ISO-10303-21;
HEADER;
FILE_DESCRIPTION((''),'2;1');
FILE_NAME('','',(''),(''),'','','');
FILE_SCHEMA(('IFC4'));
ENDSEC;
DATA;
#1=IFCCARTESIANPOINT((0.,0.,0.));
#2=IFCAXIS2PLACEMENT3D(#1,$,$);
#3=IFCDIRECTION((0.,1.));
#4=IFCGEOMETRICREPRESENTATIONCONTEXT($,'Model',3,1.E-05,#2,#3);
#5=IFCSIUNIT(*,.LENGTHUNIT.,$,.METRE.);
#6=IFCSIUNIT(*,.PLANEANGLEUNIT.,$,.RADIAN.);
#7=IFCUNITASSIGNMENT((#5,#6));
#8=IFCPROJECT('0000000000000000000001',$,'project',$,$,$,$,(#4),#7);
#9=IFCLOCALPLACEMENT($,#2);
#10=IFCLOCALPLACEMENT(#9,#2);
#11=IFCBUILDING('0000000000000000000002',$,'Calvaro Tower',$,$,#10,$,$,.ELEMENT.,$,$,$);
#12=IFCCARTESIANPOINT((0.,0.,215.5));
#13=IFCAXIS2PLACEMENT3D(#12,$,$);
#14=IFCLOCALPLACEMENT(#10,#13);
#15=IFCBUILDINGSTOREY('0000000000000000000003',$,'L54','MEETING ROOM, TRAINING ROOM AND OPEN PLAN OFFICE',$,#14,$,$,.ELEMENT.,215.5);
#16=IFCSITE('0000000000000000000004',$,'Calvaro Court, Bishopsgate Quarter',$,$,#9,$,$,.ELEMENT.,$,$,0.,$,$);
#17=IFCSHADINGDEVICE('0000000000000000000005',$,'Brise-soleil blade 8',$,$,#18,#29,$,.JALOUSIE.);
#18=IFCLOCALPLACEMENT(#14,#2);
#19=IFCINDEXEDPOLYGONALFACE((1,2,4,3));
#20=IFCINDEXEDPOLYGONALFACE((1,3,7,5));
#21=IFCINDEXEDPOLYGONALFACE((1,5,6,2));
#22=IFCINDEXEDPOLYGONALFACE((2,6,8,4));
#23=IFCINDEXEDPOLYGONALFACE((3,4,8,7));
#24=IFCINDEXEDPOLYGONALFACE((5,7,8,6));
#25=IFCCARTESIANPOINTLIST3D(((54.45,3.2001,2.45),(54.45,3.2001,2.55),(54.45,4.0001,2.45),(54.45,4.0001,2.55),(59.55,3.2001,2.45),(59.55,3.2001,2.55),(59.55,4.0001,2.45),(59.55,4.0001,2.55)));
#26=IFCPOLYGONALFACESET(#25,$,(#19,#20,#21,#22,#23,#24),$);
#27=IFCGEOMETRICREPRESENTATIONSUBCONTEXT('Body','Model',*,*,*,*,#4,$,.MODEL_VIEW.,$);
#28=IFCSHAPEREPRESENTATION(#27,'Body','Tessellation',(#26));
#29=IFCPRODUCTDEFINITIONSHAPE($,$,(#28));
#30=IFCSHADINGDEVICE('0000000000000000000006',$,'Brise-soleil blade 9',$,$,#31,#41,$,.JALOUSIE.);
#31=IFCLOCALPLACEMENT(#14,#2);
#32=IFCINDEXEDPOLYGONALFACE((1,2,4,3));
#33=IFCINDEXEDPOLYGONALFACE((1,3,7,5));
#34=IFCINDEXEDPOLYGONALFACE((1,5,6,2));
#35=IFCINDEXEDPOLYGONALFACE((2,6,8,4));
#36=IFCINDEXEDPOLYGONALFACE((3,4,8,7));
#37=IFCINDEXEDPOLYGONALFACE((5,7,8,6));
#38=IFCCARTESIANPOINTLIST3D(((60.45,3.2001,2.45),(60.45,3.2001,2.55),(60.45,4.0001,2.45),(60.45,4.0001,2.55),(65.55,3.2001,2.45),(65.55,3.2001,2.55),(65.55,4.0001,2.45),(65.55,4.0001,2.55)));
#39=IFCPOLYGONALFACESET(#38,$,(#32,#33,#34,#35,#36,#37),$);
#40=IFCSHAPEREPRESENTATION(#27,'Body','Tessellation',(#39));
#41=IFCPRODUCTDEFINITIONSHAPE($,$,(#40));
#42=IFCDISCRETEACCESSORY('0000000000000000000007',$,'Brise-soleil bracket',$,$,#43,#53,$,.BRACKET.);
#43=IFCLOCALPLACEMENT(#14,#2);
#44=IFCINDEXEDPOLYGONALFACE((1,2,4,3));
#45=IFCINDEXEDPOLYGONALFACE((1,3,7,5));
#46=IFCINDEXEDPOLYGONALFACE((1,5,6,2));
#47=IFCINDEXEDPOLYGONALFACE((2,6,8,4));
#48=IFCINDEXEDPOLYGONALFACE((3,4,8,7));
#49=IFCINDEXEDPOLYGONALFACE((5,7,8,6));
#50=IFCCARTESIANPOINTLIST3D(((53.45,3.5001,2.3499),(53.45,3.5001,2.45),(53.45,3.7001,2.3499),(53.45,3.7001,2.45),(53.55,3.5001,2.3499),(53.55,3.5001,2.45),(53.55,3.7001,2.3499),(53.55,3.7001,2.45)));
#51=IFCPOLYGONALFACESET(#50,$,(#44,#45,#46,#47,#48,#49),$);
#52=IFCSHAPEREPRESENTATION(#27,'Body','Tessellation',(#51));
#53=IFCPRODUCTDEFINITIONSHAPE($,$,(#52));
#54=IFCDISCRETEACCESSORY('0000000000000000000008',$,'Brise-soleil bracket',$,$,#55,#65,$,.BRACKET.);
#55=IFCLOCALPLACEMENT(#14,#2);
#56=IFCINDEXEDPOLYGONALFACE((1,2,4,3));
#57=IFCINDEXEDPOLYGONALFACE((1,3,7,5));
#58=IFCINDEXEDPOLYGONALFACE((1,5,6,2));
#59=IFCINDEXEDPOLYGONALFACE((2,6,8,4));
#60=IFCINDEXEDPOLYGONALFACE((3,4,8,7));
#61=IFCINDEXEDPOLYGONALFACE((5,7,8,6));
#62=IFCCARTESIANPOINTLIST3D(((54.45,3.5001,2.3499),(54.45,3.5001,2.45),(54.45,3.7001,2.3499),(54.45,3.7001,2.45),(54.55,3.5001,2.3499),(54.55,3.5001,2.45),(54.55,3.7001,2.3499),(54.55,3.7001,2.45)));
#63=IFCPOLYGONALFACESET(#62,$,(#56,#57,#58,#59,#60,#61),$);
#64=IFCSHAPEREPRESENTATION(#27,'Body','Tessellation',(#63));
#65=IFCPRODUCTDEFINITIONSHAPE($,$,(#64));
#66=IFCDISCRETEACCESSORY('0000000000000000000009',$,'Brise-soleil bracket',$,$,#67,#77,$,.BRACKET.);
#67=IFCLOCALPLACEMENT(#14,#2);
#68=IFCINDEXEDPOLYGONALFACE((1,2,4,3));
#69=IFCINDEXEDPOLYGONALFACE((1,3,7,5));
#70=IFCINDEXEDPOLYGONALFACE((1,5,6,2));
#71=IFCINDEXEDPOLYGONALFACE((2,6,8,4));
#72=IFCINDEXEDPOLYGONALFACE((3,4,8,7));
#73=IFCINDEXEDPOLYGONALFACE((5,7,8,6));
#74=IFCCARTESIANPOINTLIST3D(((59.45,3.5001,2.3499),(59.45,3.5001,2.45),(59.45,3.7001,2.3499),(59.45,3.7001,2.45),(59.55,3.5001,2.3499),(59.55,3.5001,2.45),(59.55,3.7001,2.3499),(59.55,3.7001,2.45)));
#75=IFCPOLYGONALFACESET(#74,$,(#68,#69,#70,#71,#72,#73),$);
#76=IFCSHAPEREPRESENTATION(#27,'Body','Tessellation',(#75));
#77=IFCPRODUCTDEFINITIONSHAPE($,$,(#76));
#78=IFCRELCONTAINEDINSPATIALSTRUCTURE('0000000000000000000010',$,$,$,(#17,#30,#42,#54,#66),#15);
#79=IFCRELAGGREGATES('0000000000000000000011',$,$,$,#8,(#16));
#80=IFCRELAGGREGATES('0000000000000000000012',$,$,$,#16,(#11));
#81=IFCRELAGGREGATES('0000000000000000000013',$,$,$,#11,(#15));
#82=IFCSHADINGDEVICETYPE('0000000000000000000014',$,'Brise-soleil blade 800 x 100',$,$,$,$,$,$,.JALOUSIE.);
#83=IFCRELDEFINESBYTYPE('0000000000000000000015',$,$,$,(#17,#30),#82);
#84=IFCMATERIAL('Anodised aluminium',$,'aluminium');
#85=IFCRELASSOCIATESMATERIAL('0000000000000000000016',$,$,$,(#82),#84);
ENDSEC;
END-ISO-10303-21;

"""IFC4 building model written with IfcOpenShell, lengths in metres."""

from ifc_helpers import new_model, si_unit, direction, frame, origin, origin_2d, place, context, subcontext, project, spatial, rectangle, extrude, material, material_profile, profile_set, type_object, element, save


model = new_model("IFC4")

# Units and contexts
model_context = context("Model", 3, precision=1e-05, world=origin(), true_north=direction((0.0, 1.0)))
body_context = subcontext(model_context, "Body", "Model", "MODEL_VIEW")
ifc_project = project(units=[si_unit("LENGTHUNIT", "METRE"), si_unit("PLANEANGLEUNIT", "RADIAN")], contexts=[model_context])

# Site, building, storey
site_placement = place(None, origin())
site = spatial("IfcSite", under=ifc_project, at=site_placement, Name="Calvaro Court, Bishopsgate Quarter", CompositionType="ELEMENT", RefElevation=0.0)
building_placement = place(site_placement, origin())
building = spatial("IfcBuilding", under=site, at=building_placement, Name="Calvaro Tower", CompositionType="ELEMENT")
storey_placement = place(building_placement, frame((0.0, 0.0, 215.5)))
storey = spatial("IfcBuildingStorey", under=building, at=storey_placement, Name="L54", Description="MEETING ROOM, TRAINING ROOM AND OPEN PLAN OFFICE", CompositionType="ELEMENT", Elevation=215.5)

# Shading devices
ifc_material_1 = material(Name="Anodised aluminium", Category="aluminium")
ifc_material_profile_1 = material_profile(ifc_material_1, rectangle(XDim=0.8, YDim=0.1001, at=origin_2d()), Name="Brise-soleil blade 800 x 100")
ifc_profile_set_1 = profile_set([ifc_material_profile_1], Name="Anodised aluminium")
shading_device_type = type_object("IfcShadingDeviceType", Name="Brise-soleil blade 800 x 100", PredefinedType="JALOUSIE", material=ifc_profile_set_1)
for number, where, z_axis, x_axis, name in (
    (1, (54.45, 3.6001, 2.5), (1.0, 0.0, 0.0), (0.0, 1.0, 0.0), "Brise-soleil blade 8"),
    (2, (60.45, 3.6001, 2.5), (1.0, 0.0, 0.0), (0.0, 1.0, 0.0), "Brise-soleil blade 9"),
):
    element("IfcShadingDevice", number, at=place(storey_placement, frame(where, z_axis=z_axis, x_axis=x_axis)), inside=storey, type_object=shading_device_type, Name=name, PredefinedType="JALOUSIE", context=body_context, shape_type="SweptSolid", body=[
        extrude(rectangle(XDim=0.8, YDim=0.1001, at=origin_2d()), origin(), (0.0, 0.0, 1.0), 5.1001),
    ])

# Discrete accessories
for number, where, z_axis, x_axis, name in (
    (3, (53.5, 3.6001, 2.3499), (0.0, 0.0, 1.0), (1.0, 0.0, 0.0), "Brise-soleil bracket"),
    (4, (54.5, 3.6001, 2.3499), (0.0, 0.0, 1.0), (1.0, 0.0, 0.0), "Brise-soleil bracket"),
    (5, (59.5, 3.6001, 2.3499), (0.0, 0.0, 1.0), (1.0, 0.0, 0.0), "Brise-soleil bracket"),
):
    element("IfcDiscreteAccessory", number, at=place(storey_placement, frame(where, z_axis=z_axis, x_axis=x_axis)), inside=storey, Name=name, PredefinedType="BRACKET", context=body_context, shape_type="SweptSolid", body=[
        extrude(rectangle(XDim=0.1001, YDim=0.2, at=origin_2d()), origin(), (0.0, 0.0, 1.0), 0.1001),
    ])

save(model, "model.ifc")
